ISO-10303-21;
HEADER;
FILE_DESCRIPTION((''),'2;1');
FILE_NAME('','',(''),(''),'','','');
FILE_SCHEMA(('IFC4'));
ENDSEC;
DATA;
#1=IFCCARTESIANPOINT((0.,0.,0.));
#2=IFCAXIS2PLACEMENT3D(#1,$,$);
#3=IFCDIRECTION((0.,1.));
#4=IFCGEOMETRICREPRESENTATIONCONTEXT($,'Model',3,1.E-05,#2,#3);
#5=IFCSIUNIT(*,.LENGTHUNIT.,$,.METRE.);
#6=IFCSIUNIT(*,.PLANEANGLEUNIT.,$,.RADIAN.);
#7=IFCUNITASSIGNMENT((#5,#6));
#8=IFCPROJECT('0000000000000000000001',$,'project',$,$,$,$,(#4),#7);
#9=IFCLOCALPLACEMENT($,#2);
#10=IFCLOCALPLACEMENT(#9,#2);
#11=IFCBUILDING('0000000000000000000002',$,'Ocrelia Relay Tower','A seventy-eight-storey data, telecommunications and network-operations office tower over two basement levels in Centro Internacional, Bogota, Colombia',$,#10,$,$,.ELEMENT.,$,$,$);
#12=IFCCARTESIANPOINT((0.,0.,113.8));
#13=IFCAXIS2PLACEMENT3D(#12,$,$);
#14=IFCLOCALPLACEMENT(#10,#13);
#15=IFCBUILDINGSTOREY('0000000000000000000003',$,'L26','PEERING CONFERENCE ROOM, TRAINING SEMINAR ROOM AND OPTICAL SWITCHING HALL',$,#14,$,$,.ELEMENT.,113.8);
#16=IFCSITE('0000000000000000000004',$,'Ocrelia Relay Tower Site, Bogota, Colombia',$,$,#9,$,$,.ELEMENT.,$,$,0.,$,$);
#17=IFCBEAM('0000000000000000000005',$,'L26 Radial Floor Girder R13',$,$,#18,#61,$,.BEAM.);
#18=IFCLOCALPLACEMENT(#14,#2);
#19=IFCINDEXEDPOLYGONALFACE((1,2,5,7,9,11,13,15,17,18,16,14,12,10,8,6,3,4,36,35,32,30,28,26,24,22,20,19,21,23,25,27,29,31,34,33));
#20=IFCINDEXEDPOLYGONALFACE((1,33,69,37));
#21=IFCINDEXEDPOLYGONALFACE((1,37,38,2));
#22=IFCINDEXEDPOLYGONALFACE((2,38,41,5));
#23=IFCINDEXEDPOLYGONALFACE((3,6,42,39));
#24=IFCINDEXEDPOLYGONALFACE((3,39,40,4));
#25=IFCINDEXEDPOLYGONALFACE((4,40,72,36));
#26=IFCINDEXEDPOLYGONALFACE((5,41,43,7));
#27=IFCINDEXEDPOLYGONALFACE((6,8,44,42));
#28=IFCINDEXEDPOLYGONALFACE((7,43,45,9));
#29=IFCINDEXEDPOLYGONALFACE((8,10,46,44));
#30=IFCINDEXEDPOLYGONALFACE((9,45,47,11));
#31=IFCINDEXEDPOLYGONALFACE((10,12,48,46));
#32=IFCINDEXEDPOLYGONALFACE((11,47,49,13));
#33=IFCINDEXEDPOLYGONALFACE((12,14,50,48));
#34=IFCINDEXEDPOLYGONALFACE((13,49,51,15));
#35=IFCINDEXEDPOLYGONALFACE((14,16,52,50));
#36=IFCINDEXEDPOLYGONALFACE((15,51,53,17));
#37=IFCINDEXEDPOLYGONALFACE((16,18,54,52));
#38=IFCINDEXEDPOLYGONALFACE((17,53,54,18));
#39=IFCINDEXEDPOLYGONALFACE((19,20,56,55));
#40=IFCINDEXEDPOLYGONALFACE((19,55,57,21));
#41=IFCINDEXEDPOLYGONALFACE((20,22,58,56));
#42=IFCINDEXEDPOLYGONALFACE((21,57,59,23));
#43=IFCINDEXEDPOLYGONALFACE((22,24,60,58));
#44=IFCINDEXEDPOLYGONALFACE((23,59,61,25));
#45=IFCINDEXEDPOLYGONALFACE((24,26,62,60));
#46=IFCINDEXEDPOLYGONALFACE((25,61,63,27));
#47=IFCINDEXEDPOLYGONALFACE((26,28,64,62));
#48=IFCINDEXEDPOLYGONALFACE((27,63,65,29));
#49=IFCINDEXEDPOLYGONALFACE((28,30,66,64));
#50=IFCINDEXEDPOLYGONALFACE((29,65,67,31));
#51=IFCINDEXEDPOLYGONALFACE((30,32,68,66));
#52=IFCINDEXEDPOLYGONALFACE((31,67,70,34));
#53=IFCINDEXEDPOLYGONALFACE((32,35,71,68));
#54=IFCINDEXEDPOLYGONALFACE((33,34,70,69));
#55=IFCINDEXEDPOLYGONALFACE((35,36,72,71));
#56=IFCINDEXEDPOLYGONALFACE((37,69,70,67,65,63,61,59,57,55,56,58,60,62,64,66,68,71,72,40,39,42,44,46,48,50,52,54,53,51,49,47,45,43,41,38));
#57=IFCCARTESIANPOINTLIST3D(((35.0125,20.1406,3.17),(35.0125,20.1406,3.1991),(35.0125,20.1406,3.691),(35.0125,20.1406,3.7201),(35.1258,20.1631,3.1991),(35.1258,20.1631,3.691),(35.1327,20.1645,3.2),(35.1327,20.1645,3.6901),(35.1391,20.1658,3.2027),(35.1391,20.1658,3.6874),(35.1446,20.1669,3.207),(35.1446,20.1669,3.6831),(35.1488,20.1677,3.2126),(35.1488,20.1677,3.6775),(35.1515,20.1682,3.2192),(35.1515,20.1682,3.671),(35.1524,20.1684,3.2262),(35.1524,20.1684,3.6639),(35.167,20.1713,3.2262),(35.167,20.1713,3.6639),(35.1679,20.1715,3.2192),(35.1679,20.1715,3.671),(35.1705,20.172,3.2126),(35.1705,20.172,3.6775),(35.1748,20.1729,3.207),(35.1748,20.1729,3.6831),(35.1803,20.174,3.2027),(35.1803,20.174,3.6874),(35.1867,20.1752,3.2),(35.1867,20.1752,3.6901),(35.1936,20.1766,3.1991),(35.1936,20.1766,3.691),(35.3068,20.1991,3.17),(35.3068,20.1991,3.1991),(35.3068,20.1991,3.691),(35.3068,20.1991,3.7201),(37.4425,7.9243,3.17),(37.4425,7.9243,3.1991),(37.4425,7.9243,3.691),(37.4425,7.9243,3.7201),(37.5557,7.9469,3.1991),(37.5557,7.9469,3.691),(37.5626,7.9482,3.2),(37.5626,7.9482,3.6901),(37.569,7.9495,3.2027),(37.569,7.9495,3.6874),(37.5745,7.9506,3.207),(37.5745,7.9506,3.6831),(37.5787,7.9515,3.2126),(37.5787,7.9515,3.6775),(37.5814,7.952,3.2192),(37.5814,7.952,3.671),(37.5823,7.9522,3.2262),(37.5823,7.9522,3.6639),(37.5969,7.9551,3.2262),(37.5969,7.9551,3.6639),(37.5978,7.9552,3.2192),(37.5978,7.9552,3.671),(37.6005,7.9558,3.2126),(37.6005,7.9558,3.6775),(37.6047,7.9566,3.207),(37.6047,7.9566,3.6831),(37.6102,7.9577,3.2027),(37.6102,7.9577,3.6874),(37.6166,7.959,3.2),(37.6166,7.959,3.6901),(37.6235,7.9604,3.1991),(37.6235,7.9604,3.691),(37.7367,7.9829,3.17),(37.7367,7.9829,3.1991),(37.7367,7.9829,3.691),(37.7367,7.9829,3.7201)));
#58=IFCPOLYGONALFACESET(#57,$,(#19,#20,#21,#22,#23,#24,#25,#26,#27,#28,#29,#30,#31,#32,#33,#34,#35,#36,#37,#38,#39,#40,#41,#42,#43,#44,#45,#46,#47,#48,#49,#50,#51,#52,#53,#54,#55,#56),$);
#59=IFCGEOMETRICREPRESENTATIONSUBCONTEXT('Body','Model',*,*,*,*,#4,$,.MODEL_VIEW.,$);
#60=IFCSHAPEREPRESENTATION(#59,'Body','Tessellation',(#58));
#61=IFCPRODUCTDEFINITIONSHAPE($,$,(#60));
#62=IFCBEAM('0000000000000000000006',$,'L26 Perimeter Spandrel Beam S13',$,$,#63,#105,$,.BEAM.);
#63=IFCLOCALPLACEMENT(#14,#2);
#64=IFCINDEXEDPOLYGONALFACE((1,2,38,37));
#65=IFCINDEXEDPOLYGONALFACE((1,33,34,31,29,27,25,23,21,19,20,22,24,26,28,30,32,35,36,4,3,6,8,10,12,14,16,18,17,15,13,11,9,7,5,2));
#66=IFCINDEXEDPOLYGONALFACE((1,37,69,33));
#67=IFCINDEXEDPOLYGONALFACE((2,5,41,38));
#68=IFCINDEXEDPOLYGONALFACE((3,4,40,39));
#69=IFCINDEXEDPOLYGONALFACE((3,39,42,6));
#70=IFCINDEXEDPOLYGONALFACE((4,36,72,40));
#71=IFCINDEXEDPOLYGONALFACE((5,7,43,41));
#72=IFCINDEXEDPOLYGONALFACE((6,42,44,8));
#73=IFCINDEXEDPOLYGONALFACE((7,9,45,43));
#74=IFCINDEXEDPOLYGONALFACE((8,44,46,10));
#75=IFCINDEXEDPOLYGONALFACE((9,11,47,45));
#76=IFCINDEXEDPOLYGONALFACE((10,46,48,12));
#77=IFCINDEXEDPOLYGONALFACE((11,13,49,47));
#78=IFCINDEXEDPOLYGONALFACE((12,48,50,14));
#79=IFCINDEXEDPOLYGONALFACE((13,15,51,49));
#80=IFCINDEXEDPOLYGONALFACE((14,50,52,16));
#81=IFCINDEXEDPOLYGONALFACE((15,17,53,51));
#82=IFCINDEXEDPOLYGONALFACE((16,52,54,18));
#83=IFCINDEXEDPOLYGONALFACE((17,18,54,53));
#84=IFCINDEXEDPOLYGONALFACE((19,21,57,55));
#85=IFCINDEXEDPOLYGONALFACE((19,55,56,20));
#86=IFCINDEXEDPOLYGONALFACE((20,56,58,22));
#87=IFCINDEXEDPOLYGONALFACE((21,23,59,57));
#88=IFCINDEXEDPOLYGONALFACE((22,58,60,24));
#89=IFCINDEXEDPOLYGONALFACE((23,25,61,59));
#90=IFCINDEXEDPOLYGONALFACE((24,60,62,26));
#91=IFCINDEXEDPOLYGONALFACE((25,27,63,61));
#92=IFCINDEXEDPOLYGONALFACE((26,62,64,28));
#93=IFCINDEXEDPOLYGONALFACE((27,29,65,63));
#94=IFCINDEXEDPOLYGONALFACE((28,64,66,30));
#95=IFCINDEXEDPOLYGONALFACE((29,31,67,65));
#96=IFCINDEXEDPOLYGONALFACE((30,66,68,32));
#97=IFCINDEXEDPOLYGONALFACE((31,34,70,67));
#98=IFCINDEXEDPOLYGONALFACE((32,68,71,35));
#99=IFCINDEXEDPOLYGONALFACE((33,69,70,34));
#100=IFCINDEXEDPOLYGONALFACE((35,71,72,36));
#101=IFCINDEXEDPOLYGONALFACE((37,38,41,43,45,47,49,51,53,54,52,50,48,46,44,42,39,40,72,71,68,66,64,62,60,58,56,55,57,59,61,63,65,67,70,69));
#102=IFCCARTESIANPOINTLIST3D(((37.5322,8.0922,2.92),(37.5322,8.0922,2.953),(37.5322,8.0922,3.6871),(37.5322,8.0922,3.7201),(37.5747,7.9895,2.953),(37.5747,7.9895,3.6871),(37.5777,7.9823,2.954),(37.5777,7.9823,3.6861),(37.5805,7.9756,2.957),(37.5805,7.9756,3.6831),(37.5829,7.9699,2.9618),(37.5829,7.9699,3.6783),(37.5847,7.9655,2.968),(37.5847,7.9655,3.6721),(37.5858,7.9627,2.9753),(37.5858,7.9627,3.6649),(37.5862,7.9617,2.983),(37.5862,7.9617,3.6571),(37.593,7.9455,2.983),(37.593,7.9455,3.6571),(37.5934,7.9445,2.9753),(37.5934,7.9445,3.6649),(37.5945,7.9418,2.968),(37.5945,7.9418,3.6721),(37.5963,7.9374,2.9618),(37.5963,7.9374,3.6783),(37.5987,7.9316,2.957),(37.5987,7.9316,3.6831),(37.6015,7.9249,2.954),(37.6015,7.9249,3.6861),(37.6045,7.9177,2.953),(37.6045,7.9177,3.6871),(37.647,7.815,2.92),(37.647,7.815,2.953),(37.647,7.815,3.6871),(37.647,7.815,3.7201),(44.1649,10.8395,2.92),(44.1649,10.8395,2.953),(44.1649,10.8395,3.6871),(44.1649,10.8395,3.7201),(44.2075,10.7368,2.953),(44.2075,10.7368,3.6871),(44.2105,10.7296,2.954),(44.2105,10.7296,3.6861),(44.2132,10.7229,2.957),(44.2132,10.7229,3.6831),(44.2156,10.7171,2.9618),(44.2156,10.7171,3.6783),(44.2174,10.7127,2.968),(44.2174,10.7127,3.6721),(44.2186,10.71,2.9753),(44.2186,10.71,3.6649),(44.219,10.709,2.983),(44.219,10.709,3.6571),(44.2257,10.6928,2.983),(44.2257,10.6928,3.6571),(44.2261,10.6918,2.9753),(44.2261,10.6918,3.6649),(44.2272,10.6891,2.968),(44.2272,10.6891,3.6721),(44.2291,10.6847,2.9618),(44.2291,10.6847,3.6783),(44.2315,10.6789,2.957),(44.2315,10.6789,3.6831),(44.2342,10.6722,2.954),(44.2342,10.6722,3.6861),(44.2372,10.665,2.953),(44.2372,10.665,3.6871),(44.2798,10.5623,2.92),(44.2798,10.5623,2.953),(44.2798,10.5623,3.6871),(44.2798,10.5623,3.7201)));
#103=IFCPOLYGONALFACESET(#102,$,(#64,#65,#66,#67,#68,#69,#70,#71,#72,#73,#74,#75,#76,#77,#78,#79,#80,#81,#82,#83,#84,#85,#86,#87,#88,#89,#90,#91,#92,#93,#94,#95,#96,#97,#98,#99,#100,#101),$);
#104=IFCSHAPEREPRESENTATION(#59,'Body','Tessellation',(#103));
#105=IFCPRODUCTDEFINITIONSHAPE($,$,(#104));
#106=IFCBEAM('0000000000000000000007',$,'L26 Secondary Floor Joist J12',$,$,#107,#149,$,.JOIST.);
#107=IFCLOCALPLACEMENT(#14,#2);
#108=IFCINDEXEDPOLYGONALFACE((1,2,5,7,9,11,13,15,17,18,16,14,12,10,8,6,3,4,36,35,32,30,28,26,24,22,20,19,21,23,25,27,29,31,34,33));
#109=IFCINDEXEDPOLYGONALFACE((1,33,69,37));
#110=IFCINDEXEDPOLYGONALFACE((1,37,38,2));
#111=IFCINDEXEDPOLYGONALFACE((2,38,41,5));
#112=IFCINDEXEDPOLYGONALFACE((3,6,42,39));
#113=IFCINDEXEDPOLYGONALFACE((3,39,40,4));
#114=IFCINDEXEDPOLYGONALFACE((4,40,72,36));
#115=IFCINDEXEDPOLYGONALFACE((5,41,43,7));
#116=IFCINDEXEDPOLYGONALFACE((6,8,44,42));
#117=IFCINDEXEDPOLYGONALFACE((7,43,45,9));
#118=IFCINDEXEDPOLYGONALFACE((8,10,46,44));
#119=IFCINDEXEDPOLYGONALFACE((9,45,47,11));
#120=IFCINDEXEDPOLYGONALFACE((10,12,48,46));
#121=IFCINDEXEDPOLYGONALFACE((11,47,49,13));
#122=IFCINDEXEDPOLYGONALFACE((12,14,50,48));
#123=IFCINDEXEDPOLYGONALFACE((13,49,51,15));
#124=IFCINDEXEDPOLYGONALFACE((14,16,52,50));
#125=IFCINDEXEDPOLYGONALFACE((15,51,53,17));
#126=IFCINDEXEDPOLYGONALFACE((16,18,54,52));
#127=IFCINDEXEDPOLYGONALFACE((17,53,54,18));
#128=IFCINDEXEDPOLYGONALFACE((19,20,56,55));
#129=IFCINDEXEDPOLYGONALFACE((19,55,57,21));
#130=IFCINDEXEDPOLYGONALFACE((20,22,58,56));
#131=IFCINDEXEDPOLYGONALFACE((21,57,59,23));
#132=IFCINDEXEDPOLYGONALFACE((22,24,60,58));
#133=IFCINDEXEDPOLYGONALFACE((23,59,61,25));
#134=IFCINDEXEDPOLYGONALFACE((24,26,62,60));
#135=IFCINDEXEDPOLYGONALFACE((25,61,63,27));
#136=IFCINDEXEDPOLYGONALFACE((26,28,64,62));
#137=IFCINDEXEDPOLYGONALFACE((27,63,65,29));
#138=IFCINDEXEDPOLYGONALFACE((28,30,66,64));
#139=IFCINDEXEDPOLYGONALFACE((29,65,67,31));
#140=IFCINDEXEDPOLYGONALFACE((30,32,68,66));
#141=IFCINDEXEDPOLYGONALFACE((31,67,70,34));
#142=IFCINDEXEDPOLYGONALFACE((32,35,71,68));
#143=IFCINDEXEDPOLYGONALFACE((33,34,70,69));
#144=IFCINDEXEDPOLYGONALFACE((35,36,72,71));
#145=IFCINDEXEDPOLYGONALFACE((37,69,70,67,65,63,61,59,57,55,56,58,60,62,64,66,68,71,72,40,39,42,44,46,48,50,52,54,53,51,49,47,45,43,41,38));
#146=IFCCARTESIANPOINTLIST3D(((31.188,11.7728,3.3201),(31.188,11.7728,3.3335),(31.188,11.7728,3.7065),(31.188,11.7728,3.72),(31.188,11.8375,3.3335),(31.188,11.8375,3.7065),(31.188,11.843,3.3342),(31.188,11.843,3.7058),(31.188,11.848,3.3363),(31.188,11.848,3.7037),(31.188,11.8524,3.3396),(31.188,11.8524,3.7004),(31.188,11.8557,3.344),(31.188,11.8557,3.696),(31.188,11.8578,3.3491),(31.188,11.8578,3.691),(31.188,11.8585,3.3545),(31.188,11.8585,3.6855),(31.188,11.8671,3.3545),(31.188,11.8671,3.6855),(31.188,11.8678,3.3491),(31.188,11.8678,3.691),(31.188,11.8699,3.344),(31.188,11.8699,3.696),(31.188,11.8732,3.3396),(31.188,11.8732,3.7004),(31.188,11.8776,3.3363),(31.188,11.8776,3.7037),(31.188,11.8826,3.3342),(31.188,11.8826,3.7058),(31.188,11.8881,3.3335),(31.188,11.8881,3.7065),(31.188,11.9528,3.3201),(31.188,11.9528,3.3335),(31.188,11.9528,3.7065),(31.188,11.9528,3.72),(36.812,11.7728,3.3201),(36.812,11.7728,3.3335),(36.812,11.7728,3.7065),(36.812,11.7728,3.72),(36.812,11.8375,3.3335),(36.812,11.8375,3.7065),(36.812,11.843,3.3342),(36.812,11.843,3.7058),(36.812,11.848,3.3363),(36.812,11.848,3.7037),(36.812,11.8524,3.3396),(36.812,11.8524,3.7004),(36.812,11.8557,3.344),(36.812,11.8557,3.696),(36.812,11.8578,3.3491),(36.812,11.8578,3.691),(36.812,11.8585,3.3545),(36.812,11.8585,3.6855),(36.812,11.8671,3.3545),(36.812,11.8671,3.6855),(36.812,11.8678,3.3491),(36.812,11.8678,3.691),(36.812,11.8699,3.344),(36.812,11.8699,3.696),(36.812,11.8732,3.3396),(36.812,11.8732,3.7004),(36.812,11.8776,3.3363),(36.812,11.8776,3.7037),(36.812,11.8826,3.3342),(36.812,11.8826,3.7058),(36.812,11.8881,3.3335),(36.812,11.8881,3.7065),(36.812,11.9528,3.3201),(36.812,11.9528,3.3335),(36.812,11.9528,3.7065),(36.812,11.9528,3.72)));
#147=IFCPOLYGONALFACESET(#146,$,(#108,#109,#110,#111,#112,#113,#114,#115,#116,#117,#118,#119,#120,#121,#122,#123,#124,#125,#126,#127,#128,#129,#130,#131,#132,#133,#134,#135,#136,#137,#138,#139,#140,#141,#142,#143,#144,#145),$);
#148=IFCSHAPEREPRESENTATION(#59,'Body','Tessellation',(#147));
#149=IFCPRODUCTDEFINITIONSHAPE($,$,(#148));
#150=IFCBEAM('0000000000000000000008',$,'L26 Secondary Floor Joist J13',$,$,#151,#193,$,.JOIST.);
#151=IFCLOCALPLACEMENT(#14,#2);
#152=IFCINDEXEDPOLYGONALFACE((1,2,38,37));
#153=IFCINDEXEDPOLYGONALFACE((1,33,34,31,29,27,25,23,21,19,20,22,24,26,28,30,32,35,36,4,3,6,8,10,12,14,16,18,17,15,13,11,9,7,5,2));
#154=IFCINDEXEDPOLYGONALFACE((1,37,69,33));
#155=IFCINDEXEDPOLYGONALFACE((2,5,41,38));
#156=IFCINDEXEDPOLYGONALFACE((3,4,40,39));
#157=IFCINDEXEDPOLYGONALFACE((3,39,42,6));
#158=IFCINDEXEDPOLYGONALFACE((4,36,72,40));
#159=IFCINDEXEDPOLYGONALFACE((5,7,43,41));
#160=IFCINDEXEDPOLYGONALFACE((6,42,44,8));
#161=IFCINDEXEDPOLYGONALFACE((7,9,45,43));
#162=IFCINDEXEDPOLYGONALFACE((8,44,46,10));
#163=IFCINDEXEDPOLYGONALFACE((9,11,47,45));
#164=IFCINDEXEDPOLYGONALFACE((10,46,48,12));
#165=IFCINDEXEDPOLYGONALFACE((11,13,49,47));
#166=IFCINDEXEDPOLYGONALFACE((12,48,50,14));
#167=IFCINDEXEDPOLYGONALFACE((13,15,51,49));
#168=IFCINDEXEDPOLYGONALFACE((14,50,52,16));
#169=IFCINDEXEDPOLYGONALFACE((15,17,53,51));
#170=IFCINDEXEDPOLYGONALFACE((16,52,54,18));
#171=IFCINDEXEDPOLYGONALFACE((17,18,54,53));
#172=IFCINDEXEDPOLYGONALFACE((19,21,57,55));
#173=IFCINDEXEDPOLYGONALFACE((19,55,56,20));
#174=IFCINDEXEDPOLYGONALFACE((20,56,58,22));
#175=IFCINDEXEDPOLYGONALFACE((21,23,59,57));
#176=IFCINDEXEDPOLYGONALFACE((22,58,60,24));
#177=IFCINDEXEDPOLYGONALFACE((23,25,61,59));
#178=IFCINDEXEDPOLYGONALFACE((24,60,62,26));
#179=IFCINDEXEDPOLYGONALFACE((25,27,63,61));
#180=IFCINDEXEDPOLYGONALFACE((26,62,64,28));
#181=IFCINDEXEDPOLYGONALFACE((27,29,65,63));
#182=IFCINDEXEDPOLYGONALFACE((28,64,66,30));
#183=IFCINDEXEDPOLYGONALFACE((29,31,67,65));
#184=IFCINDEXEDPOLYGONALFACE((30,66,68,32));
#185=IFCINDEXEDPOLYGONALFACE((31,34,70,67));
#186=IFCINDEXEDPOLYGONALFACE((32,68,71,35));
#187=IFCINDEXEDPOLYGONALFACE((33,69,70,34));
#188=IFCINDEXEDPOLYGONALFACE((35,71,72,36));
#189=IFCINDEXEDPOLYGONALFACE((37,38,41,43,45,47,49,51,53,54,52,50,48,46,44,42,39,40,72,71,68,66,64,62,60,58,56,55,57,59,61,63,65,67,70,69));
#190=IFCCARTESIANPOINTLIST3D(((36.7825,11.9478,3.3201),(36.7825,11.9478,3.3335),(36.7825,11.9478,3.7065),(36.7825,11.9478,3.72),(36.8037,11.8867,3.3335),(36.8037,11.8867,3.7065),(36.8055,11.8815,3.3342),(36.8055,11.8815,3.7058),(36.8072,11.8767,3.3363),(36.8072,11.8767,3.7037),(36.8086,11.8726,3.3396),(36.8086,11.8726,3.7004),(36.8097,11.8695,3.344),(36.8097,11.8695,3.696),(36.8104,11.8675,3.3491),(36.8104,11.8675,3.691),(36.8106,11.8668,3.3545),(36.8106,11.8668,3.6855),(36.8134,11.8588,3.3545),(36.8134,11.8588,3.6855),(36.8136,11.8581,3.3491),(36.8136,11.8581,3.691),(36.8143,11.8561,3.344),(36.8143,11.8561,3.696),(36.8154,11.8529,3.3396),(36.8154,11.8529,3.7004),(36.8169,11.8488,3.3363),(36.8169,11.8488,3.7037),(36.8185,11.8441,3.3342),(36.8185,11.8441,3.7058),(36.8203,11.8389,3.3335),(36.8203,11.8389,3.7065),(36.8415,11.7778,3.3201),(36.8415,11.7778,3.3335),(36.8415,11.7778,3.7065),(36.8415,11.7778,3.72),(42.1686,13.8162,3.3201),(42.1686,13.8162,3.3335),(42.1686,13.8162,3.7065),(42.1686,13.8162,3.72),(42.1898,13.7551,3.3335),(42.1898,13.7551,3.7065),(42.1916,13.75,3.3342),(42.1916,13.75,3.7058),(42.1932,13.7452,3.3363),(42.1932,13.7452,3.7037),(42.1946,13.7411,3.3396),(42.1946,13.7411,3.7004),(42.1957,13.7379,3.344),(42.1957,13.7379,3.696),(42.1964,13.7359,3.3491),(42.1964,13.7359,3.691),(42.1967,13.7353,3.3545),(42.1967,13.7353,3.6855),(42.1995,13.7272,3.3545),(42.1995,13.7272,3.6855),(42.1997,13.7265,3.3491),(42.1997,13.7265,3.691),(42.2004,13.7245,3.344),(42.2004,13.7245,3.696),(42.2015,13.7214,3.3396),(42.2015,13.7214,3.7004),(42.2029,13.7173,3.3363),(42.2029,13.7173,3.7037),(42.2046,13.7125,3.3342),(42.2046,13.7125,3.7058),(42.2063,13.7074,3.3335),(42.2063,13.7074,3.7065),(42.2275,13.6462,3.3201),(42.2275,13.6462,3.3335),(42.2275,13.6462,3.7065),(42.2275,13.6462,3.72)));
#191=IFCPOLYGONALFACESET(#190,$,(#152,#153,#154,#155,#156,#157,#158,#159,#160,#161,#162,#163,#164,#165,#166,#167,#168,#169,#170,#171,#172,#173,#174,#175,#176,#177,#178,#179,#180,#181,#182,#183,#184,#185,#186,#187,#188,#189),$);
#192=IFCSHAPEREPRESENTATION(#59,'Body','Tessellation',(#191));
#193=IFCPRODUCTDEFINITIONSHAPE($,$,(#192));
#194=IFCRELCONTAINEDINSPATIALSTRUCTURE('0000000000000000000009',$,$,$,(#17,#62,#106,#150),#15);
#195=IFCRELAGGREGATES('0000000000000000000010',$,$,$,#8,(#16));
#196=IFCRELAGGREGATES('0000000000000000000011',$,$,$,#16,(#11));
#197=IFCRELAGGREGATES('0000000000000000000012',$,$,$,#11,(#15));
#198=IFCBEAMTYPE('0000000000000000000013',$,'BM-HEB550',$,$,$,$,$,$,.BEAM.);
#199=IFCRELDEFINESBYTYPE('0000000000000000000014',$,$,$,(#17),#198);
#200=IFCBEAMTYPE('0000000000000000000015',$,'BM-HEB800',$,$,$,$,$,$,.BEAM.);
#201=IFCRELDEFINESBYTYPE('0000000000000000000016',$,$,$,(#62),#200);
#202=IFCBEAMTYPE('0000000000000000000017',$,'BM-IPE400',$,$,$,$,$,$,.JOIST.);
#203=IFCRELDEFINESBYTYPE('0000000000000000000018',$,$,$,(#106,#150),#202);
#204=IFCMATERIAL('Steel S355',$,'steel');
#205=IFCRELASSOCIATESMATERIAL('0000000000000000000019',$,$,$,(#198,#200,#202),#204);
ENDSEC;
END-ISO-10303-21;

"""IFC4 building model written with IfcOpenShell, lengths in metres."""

from ifc_helpers import new_model, si_unit, direction, frame, origin, origin_2d, place, context, subcontext, project, spatial, i_section, extrude, material, material_profile, profile_set, type_object, element, save


model = new_model("IFC4")

# Units and contexts
model_context = context("Model", 3, precision=1e-05, world=origin(), true_north=direction((0.0, 1.0)))
body_context = subcontext(model_context, "Body", "Model", "MODEL_VIEW")
ifc_project = project(units=[si_unit("LENGTHUNIT", "METRE"), si_unit("PLANEANGLEUNIT", "RADIAN")], contexts=[model_context])

# Site, building, storey
site_placement = place(None, origin())
site = spatial("IfcSite", under=ifc_project, at=site_placement, Name="Ocrelia Relay Tower Site, Bogota, Colombia", CompositionType="ELEMENT", RefElevation=0.0)
building_placement = place(site_placement, origin())
building = spatial("IfcBuilding", under=site, at=building_placement, Name="Ocrelia Relay Tower", Description="A seventy-eight-storey data, telecommunications and network-operations office tower over two basement levels in Centro Internacional, Bogota, Colombia", CompositionType="ELEMENT")
storey_placement = place(building_placement, frame((0.0, 0.0, 113.8)))
storey = spatial("IfcBuildingStorey", under=building, at=storey_placement, Name="L26", Description="PEERING CONFERENCE ROOM, TRAINING SEMINAR ROOM AND OPTICAL SWITCHING HALL", CompositionType="ELEMENT", Elevation=113.8)

# Beams
ifc_material_1 = material(Name="Steel S355", Category="steel")
ifc_material_profile_1 = material_profile(ifc_material_1, i_section(OverallWidth=0.3, OverallDepth=0.55, WebThickness=0.0149, FlangeThickness=0.0291, FilletRadius=0.0271, at=origin_2d()), Name="HEB 550")
ifc_profile_set_1 = profile_set([ifc_material_profile_1], Name="Steel S355")
beam_type_1 = type_object("IfcBeamType", Name="BM-HEB550", PredefinedType="BEAM", material=ifc_profile_set_1)
beam_1_placement = place(storey_placement, frame((37.5896, 7.9536, 3.4451), z_axis=(-0.195087, 0.980786, 0.0), x_axis=(-0.980786, -0.195087, 0.0)))
element("IfcBeam", 1, at=beam_1_placement, inside=storey, type_object=beam_type_1, Name="L26 Radial Floor Girder R13", PredefinedType="BEAM", context=body_context, shape_type="SweptSolid", body=[
    extrude(i_section(OverallWidth=0.3, OverallDepth=0.55, WebThickness=0.0149, FlangeThickness=0.0291, FilletRadius=0.0271, at=origin_2d()), origin(), (0.0, 0.0, 1.0), 12.4556),
])
ifc_material_profile_2 = material_profile(ifc_material_1, i_section(OverallWidth=0.3, OverallDepth=0.8, WebThickness=0.0176, FlangeThickness=0.033, FilletRadius=0.03, at=origin_2d()), Name="HEB 800")
ifc_profile_set_2 = profile_set([ifc_material_profile_2], Name="Steel S355")
beam_type_2 = type_object("IfcBeamType", Name="BM-HEB800", PredefinedType="BEAM", material=ifc_profile_set_2)
beam_2_placement = place(storey_placement, frame((37.5896, 7.9536, 3.3201), z_axis=(0.923884, 0.382673, 0.0), x_axis=(-0.382673, 0.923884, 0.0)))
element("IfcBeam", 2, at=beam_2_placement, inside=storey, type_object=beam_type_2, Name="L26 Perimeter Spandrel Beam S13", PredefinedType="BEAM", context=body_context, shape_type="SweptSolid", body=[
    extrude(i_section(OverallWidth=0.3, OverallDepth=0.8, WebThickness=0.0176, FlangeThickness=0.033, FilletRadius=0.03, at=origin_2d()), origin(), (0.0, 0.0, 1.0), 7.1792),
])
ifc_material_profile_3 = material_profile(ifc_material_1, i_section(OverallWidth=0.1799, OverallDepth=0.3999, WebThickness=0.0085, FlangeThickness=0.0134, FilletRadius=0.021, at=origin_2d()), Name="IPE 400")
ifc_profile_set_3 = profile_set([ifc_material_profile_3], Name="Steel S355")
beam_type_3 = type_object("IfcBeamType", Name="BM-IPE400", PredefinedType="JOIST", material=ifc_profile_set_3)
beam_3_placement = place(storey_placement, frame((31.188, 11.8628, 3.52), z_axis=(1.0, 0.0, 0.0), x_axis=(0.0, 1.0, 0.0)))
element("IfcBeam", 3, at=beam_3_placement, inside=storey, type_object=beam_type_3, Name="L26 Secondary Floor Joist J12", PredefinedType="JOIST", context=body_context, shape_type="SweptSolid", body=[
    extrude(i_section(OverallWidth=0.1799, OverallDepth=0.3999, WebThickness=0.0085, FlangeThickness=0.0134, FilletRadius=0.021, at=origin_2d()), origin(), (0.0, 0.0, 1.0), 5.624),
])
beam_4_placement = place(storey_placement, frame((36.812, 11.8628, 3.52), z_axis=(0.944767, 0.327741, 0.0), x_axis=(-0.327741, 0.944767, 0.0)))
element("IfcBeam", 4, at=beam_4_placement, inside=storey, type_object=beam_type_3, Name="L26 Secondary Floor Joist J13", PredefinedType="JOIST", context=body_context, shape_type="SweptSolid", body=[
    extrude(i_section(OverallWidth=0.1799, OverallDepth=0.3999, WebThickness=0.0085, FlangeThickness=0.0134, FilletRadius=0.021, at=origin_2d()), origin(), (0.0, 0.0, 1.0), 5.7009),
])

save(model, "model.ifc")
